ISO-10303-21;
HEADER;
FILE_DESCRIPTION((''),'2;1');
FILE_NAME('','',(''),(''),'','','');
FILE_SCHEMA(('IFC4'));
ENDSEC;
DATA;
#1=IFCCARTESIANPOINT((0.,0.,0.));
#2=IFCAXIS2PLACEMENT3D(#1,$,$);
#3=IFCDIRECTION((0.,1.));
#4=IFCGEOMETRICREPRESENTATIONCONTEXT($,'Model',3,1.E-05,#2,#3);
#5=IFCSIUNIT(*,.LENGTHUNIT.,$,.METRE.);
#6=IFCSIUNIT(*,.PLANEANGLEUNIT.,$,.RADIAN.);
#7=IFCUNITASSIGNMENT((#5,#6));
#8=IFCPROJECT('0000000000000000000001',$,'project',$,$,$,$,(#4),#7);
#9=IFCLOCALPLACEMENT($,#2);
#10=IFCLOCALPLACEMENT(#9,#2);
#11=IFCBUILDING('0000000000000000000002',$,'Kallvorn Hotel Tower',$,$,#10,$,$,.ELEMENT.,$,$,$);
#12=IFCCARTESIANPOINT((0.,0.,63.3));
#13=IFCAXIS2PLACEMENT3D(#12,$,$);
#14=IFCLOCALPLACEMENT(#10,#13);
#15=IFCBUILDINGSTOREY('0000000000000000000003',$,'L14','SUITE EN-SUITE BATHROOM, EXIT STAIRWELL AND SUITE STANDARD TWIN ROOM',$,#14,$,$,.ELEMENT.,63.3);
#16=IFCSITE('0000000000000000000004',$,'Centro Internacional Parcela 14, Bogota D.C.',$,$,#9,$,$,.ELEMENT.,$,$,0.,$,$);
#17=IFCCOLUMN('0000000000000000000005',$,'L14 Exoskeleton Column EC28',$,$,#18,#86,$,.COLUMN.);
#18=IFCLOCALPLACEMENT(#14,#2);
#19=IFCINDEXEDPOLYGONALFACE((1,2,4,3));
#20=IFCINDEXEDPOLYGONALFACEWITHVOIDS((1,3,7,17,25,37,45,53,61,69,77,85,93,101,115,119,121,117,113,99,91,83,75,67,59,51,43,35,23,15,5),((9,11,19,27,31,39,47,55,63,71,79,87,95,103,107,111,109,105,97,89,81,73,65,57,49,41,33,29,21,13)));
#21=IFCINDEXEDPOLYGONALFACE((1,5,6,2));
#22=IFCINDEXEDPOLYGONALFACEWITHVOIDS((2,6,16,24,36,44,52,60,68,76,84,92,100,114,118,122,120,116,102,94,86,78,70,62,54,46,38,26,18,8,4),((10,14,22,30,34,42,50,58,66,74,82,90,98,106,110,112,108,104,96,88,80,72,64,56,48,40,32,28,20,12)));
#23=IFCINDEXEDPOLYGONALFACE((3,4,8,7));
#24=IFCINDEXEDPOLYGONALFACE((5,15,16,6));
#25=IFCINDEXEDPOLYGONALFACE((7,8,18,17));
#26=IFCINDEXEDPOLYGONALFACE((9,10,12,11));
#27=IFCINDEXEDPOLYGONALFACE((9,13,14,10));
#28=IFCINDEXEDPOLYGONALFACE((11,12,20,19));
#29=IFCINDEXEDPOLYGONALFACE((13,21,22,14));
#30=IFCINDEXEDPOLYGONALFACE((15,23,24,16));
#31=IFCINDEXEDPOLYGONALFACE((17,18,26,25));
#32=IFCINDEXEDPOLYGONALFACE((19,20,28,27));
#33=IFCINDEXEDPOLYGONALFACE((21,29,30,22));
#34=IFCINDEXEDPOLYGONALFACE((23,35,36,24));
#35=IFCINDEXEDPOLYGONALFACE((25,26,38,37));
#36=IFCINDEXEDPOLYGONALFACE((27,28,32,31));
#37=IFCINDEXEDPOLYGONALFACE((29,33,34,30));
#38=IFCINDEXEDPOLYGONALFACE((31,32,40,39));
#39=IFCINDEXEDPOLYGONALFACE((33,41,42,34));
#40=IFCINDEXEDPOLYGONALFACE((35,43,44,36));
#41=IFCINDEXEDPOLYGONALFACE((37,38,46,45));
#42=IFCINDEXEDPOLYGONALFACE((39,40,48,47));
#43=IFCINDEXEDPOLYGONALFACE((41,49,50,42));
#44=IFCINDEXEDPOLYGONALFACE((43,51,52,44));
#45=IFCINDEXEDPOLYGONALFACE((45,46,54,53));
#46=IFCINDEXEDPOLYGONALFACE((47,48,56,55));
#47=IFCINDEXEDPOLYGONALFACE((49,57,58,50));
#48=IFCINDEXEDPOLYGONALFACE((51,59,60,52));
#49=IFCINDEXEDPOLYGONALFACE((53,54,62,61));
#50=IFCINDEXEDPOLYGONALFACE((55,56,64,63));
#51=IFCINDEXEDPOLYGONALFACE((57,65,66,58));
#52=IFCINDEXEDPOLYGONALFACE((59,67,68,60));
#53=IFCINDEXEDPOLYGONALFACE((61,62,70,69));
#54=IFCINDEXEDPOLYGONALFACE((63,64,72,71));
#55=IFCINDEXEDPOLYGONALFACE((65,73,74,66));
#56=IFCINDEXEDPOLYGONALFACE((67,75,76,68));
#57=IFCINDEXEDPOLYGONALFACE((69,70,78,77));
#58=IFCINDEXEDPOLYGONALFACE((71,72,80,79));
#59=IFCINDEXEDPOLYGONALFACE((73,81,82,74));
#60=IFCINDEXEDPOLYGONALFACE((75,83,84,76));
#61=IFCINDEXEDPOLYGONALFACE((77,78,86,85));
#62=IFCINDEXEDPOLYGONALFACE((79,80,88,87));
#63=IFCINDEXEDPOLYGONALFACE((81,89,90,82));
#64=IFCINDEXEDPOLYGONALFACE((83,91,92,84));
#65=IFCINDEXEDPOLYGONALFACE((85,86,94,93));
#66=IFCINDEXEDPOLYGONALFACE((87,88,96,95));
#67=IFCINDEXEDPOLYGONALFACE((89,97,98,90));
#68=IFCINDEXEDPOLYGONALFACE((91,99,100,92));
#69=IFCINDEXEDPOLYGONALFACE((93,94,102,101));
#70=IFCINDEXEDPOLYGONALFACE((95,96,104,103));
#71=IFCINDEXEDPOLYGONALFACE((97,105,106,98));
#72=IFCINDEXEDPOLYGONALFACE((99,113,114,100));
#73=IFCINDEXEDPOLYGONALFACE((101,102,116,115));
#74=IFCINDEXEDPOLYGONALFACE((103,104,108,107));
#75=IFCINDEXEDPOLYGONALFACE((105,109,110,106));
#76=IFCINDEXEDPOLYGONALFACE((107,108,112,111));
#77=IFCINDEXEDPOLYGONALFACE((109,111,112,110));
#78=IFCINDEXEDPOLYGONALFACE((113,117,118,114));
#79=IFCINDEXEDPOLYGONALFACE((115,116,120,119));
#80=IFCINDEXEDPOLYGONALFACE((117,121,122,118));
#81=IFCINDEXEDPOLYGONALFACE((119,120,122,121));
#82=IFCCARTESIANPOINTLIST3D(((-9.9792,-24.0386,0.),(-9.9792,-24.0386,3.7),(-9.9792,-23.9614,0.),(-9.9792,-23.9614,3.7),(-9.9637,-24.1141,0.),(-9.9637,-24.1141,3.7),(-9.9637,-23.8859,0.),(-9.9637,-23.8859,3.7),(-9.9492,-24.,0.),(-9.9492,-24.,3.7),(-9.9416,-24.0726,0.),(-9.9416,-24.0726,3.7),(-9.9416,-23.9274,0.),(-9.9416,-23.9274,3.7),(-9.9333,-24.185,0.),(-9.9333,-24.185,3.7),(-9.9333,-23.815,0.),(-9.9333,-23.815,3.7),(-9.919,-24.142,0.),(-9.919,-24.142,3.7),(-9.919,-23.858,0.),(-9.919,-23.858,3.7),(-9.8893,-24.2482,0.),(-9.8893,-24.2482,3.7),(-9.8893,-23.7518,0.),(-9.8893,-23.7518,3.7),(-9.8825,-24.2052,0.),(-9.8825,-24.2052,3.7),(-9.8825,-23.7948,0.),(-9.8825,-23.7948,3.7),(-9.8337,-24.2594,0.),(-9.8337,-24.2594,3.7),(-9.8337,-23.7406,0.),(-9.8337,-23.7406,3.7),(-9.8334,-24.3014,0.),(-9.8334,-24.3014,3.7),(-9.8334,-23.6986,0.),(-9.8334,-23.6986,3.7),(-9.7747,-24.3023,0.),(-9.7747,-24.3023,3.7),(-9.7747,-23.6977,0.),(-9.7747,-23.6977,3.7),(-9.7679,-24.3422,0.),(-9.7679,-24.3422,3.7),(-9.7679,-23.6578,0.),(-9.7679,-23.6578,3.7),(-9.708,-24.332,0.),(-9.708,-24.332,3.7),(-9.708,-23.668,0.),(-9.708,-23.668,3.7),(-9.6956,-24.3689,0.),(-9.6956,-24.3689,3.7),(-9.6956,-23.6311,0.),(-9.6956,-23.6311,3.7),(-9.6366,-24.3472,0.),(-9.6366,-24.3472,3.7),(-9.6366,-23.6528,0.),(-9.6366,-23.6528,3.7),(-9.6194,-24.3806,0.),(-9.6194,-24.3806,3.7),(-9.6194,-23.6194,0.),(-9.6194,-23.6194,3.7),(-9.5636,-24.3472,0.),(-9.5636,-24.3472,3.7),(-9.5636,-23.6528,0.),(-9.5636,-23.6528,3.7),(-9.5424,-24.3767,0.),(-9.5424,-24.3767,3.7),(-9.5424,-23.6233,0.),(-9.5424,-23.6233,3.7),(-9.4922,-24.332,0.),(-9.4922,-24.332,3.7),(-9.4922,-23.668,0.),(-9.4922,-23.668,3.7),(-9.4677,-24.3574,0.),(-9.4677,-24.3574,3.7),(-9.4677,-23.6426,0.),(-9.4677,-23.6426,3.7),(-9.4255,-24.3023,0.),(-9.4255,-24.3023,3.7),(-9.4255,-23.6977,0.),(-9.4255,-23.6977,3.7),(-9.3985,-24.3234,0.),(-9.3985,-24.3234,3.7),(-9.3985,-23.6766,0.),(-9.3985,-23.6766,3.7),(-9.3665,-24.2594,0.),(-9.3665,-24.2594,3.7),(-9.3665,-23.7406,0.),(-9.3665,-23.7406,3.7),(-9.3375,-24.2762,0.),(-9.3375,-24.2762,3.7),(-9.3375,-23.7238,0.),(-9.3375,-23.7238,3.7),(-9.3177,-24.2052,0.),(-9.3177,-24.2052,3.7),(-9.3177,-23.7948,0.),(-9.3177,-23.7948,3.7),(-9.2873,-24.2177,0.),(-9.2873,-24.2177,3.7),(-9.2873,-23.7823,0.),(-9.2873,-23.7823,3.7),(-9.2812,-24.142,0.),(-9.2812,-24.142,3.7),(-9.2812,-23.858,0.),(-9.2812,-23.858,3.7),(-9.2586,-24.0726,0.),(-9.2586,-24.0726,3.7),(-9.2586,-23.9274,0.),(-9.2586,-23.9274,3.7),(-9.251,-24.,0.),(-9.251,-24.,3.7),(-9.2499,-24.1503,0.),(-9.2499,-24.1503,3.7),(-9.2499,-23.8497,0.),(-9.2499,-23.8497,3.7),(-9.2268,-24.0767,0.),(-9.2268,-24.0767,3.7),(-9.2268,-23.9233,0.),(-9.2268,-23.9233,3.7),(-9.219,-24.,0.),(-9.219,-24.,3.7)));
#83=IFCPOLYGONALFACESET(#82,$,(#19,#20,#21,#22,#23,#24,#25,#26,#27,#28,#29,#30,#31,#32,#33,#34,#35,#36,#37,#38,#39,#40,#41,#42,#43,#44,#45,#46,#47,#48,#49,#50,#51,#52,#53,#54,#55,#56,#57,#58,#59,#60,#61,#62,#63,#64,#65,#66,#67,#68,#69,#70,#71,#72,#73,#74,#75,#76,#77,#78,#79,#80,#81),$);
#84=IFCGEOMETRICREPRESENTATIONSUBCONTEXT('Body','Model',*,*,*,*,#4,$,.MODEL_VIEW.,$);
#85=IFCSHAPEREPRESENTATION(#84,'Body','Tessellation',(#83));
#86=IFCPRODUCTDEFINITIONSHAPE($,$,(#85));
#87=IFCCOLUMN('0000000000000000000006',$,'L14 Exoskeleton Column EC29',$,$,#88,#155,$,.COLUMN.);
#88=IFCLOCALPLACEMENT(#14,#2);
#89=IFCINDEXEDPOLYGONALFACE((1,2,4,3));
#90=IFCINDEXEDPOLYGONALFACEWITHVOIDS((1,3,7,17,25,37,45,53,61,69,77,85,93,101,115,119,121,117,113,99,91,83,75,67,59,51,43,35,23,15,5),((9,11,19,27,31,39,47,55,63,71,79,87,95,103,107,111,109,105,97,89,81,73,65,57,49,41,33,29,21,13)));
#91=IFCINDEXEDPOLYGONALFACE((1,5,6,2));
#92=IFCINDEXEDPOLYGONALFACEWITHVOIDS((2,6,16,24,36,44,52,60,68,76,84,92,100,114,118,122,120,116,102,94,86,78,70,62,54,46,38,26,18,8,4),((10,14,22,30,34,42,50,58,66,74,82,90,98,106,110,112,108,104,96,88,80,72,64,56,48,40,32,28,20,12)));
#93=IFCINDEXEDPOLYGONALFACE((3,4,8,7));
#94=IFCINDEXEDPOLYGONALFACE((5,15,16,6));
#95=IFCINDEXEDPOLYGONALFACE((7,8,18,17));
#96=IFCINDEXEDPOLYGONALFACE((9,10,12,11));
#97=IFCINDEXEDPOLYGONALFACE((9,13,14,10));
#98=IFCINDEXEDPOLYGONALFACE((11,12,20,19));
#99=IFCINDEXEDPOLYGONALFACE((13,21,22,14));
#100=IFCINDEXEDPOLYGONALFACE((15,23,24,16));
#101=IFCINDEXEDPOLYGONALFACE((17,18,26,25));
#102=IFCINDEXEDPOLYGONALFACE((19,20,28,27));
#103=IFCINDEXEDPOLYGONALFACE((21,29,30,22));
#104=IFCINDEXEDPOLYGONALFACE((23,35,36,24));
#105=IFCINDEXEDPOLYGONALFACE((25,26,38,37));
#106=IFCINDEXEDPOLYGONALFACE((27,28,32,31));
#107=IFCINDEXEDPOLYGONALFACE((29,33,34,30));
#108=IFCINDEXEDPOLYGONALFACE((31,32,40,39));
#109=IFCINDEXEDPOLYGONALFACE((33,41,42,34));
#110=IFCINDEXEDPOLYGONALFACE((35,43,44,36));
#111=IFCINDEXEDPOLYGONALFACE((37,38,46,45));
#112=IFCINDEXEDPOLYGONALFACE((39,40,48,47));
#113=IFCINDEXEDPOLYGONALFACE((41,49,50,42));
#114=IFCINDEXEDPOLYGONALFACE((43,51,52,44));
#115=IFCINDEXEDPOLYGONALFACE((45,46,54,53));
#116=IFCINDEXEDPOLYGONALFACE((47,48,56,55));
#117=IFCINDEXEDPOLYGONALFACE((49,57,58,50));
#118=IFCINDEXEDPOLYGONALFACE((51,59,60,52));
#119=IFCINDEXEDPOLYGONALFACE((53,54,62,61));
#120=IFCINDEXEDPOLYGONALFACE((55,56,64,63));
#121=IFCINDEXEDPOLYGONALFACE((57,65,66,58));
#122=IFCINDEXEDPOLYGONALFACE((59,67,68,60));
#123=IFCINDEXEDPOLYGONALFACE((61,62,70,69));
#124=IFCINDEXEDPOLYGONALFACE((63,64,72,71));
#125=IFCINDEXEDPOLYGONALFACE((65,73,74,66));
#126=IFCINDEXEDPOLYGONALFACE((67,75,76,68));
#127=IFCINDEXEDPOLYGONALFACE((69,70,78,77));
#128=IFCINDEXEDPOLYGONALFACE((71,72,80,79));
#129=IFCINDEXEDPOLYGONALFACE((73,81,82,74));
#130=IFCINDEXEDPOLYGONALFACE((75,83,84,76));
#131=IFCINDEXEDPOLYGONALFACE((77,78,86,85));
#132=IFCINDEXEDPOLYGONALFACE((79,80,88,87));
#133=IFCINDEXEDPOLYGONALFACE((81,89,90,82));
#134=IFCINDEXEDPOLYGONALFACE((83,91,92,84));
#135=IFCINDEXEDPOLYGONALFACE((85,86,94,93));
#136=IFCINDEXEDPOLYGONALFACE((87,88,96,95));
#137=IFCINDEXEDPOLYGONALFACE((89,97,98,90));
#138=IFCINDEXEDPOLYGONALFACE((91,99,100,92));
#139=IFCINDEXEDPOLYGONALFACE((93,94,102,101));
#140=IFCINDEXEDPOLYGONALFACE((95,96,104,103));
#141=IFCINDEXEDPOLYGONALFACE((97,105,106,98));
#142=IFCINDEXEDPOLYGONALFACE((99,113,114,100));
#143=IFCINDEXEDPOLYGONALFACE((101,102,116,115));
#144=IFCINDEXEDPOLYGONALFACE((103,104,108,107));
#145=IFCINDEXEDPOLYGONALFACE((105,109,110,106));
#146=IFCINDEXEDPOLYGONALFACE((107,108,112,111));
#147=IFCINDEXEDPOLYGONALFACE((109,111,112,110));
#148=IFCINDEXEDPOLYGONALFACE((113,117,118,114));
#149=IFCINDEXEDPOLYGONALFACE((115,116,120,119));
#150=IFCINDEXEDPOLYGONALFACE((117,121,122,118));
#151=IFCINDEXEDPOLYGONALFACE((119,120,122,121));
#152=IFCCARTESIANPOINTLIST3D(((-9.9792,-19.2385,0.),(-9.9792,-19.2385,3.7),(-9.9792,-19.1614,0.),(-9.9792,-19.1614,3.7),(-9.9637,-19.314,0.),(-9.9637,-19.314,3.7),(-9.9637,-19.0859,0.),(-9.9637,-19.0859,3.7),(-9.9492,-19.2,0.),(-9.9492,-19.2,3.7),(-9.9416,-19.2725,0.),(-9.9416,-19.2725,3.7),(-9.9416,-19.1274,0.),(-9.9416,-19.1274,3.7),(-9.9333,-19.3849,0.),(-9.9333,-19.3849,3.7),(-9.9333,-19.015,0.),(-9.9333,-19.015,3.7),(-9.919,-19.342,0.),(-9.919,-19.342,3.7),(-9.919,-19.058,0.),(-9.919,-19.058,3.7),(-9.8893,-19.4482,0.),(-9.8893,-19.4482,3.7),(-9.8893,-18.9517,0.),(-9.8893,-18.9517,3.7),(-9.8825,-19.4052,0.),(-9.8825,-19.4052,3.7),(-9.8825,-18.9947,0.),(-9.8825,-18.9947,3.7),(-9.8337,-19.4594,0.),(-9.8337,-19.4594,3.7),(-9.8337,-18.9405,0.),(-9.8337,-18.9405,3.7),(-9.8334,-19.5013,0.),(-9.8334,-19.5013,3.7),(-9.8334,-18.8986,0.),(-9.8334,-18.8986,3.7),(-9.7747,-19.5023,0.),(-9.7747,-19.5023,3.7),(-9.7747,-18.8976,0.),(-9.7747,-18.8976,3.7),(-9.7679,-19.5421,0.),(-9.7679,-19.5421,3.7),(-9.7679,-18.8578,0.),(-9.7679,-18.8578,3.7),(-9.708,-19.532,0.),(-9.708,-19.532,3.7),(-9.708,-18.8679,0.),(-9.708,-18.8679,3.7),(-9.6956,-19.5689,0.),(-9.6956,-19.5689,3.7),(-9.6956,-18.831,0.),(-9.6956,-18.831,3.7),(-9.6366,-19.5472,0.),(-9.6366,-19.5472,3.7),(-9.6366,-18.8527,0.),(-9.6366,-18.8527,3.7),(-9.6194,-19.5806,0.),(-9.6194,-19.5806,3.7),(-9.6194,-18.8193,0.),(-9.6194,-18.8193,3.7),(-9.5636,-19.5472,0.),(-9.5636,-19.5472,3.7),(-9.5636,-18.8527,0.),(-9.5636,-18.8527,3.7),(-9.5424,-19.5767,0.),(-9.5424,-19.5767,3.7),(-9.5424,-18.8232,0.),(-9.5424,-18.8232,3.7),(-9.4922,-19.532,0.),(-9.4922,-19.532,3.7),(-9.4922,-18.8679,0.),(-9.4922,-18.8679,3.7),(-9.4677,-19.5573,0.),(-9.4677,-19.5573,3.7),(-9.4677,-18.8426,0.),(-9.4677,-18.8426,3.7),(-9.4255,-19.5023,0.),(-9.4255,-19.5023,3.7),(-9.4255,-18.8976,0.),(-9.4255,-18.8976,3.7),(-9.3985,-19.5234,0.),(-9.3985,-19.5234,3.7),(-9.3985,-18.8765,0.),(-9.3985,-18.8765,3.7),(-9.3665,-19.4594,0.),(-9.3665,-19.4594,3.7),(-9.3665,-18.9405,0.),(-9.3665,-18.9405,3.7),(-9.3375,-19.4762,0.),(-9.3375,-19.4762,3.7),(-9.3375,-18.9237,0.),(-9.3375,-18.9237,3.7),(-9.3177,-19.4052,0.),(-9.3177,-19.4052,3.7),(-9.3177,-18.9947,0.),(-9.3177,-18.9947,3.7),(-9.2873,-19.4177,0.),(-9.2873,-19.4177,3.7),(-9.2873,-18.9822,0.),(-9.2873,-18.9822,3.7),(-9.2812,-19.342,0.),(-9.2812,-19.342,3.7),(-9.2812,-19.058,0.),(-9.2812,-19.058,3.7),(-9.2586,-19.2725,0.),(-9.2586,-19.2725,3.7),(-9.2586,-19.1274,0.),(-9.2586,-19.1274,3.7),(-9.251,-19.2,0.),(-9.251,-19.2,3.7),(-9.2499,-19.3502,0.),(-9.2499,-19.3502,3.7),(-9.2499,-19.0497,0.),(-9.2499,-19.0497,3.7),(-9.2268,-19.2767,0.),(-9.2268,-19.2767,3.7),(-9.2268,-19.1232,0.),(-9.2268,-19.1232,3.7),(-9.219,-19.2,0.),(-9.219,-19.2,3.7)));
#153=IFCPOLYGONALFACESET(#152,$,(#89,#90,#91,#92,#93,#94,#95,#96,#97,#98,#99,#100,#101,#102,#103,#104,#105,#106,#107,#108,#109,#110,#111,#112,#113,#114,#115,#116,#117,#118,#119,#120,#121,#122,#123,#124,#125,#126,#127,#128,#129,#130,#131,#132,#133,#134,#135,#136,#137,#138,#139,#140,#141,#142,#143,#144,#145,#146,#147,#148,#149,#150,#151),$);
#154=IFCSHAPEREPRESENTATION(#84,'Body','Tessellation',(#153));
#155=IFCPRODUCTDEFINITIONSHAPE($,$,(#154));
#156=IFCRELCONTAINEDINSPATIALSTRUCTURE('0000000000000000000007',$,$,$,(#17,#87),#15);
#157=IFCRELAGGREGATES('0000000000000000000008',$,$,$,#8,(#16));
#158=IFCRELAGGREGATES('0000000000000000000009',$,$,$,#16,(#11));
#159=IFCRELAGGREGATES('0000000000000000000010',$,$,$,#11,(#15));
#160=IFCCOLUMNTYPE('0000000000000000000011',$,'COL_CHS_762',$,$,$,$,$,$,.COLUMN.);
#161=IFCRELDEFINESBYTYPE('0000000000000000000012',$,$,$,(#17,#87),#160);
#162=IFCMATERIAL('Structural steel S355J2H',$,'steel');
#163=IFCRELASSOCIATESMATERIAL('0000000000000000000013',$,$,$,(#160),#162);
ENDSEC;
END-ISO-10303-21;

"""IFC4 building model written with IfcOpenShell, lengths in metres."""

from ifc_helpers import new_model, si_unit, direction, frame, origin, origin_2d, place, context, subcontext, project, spatial, hollow_circle, extrude, material, material_profile, profile_set, type_object, element, save


model = new_model("IFC4")

# Units and contexts
model_context = context("Model", 3, precision=1e-05, world=origin(), true_north=direction((0.0, 1.0)))
body_context = subcontext(model_context, "Body", "Model", "MODEL_VIEW")
ifc_project = project(units=[si_unit("LENGTHUNIT", "METRE"), si_unit("PLANEANGLEUNIT", "RADIAN")], contexts=[model_context])

# Site, building, storey
site_placement = place(None, origin())
site = spatial("IfcSite", under=ifc_project, at=site_placement, Name="Centro Internacional Parcela 14, Bogota D.C.", CompositionType="ELEMENT", RefElevation=0.0)
building_placement = place(site_placement, origin())
building = spatial("IfcBuilding", under=site, at=building_placement, Name="Kallvorn Hotel Tower", CompositionType="ELEMENT")
storey_placement = place(building_placement, frame((0.0, 0.0, 63.3)))
storey = spatial("IfcBuildingStorey", under=building, at=storey_placement, Name="L14", Description="SUITE EN-SUITE BATHROOM, EXIT STAIRWELL AND SUITE STANDARD TWIN ROOM", CompositionType="ELEMENT", Elevation=63.3)

# Columns
ifc_material_1 = material(Name="Structural steel S355J2H", Category="steel")
ifc_material_profile_1 = material_profile(ifc_material_1, hollow_circle(Radius=0.3811, WallThickness=0.032, at=origin_2d()), Name="CHS 762x32")
ifc_profile_set_1 = profile_set([ifc_material_profile_1], Name="Structural steel S355J2H")
column_type_1 = type_object("IfcColumnType", Name="COL_CHS_762", PredefinedType="COLUMN", material=ifc_profile_set_1)
for number, where, z_axis, x_axis, name in (
    (1, (-9.6001, -24.0, 0.0), (0.0, 0.0, 1.0), (1.0, 0.0, 0.0), "L14 Exoskeleton Column EC28"),
    (2, (-9.6001, -19.2, 0.0), (0.0, 0.0, 1.0), (1.0, 0.0, 0.0), "L14 Exoskeleton Column EC29"),
):
    element("IfcColumn", number, at=place(storey_placement, frame(where, z_axis=z_axis, x_axis=x_axis)), inside=storey, type_object=column_type_1, Name=name, PredefinedType="COLUMN", context=body_context, shape_type="SweptSolid", body=[
        extrude(hollow_circle(Radius=0.3811, WallThickness=0.032, at=origin_2d()), origin(), (0.0, 0.0, 1.0), 3.7),
    ])

save(model, "model.ifc")
